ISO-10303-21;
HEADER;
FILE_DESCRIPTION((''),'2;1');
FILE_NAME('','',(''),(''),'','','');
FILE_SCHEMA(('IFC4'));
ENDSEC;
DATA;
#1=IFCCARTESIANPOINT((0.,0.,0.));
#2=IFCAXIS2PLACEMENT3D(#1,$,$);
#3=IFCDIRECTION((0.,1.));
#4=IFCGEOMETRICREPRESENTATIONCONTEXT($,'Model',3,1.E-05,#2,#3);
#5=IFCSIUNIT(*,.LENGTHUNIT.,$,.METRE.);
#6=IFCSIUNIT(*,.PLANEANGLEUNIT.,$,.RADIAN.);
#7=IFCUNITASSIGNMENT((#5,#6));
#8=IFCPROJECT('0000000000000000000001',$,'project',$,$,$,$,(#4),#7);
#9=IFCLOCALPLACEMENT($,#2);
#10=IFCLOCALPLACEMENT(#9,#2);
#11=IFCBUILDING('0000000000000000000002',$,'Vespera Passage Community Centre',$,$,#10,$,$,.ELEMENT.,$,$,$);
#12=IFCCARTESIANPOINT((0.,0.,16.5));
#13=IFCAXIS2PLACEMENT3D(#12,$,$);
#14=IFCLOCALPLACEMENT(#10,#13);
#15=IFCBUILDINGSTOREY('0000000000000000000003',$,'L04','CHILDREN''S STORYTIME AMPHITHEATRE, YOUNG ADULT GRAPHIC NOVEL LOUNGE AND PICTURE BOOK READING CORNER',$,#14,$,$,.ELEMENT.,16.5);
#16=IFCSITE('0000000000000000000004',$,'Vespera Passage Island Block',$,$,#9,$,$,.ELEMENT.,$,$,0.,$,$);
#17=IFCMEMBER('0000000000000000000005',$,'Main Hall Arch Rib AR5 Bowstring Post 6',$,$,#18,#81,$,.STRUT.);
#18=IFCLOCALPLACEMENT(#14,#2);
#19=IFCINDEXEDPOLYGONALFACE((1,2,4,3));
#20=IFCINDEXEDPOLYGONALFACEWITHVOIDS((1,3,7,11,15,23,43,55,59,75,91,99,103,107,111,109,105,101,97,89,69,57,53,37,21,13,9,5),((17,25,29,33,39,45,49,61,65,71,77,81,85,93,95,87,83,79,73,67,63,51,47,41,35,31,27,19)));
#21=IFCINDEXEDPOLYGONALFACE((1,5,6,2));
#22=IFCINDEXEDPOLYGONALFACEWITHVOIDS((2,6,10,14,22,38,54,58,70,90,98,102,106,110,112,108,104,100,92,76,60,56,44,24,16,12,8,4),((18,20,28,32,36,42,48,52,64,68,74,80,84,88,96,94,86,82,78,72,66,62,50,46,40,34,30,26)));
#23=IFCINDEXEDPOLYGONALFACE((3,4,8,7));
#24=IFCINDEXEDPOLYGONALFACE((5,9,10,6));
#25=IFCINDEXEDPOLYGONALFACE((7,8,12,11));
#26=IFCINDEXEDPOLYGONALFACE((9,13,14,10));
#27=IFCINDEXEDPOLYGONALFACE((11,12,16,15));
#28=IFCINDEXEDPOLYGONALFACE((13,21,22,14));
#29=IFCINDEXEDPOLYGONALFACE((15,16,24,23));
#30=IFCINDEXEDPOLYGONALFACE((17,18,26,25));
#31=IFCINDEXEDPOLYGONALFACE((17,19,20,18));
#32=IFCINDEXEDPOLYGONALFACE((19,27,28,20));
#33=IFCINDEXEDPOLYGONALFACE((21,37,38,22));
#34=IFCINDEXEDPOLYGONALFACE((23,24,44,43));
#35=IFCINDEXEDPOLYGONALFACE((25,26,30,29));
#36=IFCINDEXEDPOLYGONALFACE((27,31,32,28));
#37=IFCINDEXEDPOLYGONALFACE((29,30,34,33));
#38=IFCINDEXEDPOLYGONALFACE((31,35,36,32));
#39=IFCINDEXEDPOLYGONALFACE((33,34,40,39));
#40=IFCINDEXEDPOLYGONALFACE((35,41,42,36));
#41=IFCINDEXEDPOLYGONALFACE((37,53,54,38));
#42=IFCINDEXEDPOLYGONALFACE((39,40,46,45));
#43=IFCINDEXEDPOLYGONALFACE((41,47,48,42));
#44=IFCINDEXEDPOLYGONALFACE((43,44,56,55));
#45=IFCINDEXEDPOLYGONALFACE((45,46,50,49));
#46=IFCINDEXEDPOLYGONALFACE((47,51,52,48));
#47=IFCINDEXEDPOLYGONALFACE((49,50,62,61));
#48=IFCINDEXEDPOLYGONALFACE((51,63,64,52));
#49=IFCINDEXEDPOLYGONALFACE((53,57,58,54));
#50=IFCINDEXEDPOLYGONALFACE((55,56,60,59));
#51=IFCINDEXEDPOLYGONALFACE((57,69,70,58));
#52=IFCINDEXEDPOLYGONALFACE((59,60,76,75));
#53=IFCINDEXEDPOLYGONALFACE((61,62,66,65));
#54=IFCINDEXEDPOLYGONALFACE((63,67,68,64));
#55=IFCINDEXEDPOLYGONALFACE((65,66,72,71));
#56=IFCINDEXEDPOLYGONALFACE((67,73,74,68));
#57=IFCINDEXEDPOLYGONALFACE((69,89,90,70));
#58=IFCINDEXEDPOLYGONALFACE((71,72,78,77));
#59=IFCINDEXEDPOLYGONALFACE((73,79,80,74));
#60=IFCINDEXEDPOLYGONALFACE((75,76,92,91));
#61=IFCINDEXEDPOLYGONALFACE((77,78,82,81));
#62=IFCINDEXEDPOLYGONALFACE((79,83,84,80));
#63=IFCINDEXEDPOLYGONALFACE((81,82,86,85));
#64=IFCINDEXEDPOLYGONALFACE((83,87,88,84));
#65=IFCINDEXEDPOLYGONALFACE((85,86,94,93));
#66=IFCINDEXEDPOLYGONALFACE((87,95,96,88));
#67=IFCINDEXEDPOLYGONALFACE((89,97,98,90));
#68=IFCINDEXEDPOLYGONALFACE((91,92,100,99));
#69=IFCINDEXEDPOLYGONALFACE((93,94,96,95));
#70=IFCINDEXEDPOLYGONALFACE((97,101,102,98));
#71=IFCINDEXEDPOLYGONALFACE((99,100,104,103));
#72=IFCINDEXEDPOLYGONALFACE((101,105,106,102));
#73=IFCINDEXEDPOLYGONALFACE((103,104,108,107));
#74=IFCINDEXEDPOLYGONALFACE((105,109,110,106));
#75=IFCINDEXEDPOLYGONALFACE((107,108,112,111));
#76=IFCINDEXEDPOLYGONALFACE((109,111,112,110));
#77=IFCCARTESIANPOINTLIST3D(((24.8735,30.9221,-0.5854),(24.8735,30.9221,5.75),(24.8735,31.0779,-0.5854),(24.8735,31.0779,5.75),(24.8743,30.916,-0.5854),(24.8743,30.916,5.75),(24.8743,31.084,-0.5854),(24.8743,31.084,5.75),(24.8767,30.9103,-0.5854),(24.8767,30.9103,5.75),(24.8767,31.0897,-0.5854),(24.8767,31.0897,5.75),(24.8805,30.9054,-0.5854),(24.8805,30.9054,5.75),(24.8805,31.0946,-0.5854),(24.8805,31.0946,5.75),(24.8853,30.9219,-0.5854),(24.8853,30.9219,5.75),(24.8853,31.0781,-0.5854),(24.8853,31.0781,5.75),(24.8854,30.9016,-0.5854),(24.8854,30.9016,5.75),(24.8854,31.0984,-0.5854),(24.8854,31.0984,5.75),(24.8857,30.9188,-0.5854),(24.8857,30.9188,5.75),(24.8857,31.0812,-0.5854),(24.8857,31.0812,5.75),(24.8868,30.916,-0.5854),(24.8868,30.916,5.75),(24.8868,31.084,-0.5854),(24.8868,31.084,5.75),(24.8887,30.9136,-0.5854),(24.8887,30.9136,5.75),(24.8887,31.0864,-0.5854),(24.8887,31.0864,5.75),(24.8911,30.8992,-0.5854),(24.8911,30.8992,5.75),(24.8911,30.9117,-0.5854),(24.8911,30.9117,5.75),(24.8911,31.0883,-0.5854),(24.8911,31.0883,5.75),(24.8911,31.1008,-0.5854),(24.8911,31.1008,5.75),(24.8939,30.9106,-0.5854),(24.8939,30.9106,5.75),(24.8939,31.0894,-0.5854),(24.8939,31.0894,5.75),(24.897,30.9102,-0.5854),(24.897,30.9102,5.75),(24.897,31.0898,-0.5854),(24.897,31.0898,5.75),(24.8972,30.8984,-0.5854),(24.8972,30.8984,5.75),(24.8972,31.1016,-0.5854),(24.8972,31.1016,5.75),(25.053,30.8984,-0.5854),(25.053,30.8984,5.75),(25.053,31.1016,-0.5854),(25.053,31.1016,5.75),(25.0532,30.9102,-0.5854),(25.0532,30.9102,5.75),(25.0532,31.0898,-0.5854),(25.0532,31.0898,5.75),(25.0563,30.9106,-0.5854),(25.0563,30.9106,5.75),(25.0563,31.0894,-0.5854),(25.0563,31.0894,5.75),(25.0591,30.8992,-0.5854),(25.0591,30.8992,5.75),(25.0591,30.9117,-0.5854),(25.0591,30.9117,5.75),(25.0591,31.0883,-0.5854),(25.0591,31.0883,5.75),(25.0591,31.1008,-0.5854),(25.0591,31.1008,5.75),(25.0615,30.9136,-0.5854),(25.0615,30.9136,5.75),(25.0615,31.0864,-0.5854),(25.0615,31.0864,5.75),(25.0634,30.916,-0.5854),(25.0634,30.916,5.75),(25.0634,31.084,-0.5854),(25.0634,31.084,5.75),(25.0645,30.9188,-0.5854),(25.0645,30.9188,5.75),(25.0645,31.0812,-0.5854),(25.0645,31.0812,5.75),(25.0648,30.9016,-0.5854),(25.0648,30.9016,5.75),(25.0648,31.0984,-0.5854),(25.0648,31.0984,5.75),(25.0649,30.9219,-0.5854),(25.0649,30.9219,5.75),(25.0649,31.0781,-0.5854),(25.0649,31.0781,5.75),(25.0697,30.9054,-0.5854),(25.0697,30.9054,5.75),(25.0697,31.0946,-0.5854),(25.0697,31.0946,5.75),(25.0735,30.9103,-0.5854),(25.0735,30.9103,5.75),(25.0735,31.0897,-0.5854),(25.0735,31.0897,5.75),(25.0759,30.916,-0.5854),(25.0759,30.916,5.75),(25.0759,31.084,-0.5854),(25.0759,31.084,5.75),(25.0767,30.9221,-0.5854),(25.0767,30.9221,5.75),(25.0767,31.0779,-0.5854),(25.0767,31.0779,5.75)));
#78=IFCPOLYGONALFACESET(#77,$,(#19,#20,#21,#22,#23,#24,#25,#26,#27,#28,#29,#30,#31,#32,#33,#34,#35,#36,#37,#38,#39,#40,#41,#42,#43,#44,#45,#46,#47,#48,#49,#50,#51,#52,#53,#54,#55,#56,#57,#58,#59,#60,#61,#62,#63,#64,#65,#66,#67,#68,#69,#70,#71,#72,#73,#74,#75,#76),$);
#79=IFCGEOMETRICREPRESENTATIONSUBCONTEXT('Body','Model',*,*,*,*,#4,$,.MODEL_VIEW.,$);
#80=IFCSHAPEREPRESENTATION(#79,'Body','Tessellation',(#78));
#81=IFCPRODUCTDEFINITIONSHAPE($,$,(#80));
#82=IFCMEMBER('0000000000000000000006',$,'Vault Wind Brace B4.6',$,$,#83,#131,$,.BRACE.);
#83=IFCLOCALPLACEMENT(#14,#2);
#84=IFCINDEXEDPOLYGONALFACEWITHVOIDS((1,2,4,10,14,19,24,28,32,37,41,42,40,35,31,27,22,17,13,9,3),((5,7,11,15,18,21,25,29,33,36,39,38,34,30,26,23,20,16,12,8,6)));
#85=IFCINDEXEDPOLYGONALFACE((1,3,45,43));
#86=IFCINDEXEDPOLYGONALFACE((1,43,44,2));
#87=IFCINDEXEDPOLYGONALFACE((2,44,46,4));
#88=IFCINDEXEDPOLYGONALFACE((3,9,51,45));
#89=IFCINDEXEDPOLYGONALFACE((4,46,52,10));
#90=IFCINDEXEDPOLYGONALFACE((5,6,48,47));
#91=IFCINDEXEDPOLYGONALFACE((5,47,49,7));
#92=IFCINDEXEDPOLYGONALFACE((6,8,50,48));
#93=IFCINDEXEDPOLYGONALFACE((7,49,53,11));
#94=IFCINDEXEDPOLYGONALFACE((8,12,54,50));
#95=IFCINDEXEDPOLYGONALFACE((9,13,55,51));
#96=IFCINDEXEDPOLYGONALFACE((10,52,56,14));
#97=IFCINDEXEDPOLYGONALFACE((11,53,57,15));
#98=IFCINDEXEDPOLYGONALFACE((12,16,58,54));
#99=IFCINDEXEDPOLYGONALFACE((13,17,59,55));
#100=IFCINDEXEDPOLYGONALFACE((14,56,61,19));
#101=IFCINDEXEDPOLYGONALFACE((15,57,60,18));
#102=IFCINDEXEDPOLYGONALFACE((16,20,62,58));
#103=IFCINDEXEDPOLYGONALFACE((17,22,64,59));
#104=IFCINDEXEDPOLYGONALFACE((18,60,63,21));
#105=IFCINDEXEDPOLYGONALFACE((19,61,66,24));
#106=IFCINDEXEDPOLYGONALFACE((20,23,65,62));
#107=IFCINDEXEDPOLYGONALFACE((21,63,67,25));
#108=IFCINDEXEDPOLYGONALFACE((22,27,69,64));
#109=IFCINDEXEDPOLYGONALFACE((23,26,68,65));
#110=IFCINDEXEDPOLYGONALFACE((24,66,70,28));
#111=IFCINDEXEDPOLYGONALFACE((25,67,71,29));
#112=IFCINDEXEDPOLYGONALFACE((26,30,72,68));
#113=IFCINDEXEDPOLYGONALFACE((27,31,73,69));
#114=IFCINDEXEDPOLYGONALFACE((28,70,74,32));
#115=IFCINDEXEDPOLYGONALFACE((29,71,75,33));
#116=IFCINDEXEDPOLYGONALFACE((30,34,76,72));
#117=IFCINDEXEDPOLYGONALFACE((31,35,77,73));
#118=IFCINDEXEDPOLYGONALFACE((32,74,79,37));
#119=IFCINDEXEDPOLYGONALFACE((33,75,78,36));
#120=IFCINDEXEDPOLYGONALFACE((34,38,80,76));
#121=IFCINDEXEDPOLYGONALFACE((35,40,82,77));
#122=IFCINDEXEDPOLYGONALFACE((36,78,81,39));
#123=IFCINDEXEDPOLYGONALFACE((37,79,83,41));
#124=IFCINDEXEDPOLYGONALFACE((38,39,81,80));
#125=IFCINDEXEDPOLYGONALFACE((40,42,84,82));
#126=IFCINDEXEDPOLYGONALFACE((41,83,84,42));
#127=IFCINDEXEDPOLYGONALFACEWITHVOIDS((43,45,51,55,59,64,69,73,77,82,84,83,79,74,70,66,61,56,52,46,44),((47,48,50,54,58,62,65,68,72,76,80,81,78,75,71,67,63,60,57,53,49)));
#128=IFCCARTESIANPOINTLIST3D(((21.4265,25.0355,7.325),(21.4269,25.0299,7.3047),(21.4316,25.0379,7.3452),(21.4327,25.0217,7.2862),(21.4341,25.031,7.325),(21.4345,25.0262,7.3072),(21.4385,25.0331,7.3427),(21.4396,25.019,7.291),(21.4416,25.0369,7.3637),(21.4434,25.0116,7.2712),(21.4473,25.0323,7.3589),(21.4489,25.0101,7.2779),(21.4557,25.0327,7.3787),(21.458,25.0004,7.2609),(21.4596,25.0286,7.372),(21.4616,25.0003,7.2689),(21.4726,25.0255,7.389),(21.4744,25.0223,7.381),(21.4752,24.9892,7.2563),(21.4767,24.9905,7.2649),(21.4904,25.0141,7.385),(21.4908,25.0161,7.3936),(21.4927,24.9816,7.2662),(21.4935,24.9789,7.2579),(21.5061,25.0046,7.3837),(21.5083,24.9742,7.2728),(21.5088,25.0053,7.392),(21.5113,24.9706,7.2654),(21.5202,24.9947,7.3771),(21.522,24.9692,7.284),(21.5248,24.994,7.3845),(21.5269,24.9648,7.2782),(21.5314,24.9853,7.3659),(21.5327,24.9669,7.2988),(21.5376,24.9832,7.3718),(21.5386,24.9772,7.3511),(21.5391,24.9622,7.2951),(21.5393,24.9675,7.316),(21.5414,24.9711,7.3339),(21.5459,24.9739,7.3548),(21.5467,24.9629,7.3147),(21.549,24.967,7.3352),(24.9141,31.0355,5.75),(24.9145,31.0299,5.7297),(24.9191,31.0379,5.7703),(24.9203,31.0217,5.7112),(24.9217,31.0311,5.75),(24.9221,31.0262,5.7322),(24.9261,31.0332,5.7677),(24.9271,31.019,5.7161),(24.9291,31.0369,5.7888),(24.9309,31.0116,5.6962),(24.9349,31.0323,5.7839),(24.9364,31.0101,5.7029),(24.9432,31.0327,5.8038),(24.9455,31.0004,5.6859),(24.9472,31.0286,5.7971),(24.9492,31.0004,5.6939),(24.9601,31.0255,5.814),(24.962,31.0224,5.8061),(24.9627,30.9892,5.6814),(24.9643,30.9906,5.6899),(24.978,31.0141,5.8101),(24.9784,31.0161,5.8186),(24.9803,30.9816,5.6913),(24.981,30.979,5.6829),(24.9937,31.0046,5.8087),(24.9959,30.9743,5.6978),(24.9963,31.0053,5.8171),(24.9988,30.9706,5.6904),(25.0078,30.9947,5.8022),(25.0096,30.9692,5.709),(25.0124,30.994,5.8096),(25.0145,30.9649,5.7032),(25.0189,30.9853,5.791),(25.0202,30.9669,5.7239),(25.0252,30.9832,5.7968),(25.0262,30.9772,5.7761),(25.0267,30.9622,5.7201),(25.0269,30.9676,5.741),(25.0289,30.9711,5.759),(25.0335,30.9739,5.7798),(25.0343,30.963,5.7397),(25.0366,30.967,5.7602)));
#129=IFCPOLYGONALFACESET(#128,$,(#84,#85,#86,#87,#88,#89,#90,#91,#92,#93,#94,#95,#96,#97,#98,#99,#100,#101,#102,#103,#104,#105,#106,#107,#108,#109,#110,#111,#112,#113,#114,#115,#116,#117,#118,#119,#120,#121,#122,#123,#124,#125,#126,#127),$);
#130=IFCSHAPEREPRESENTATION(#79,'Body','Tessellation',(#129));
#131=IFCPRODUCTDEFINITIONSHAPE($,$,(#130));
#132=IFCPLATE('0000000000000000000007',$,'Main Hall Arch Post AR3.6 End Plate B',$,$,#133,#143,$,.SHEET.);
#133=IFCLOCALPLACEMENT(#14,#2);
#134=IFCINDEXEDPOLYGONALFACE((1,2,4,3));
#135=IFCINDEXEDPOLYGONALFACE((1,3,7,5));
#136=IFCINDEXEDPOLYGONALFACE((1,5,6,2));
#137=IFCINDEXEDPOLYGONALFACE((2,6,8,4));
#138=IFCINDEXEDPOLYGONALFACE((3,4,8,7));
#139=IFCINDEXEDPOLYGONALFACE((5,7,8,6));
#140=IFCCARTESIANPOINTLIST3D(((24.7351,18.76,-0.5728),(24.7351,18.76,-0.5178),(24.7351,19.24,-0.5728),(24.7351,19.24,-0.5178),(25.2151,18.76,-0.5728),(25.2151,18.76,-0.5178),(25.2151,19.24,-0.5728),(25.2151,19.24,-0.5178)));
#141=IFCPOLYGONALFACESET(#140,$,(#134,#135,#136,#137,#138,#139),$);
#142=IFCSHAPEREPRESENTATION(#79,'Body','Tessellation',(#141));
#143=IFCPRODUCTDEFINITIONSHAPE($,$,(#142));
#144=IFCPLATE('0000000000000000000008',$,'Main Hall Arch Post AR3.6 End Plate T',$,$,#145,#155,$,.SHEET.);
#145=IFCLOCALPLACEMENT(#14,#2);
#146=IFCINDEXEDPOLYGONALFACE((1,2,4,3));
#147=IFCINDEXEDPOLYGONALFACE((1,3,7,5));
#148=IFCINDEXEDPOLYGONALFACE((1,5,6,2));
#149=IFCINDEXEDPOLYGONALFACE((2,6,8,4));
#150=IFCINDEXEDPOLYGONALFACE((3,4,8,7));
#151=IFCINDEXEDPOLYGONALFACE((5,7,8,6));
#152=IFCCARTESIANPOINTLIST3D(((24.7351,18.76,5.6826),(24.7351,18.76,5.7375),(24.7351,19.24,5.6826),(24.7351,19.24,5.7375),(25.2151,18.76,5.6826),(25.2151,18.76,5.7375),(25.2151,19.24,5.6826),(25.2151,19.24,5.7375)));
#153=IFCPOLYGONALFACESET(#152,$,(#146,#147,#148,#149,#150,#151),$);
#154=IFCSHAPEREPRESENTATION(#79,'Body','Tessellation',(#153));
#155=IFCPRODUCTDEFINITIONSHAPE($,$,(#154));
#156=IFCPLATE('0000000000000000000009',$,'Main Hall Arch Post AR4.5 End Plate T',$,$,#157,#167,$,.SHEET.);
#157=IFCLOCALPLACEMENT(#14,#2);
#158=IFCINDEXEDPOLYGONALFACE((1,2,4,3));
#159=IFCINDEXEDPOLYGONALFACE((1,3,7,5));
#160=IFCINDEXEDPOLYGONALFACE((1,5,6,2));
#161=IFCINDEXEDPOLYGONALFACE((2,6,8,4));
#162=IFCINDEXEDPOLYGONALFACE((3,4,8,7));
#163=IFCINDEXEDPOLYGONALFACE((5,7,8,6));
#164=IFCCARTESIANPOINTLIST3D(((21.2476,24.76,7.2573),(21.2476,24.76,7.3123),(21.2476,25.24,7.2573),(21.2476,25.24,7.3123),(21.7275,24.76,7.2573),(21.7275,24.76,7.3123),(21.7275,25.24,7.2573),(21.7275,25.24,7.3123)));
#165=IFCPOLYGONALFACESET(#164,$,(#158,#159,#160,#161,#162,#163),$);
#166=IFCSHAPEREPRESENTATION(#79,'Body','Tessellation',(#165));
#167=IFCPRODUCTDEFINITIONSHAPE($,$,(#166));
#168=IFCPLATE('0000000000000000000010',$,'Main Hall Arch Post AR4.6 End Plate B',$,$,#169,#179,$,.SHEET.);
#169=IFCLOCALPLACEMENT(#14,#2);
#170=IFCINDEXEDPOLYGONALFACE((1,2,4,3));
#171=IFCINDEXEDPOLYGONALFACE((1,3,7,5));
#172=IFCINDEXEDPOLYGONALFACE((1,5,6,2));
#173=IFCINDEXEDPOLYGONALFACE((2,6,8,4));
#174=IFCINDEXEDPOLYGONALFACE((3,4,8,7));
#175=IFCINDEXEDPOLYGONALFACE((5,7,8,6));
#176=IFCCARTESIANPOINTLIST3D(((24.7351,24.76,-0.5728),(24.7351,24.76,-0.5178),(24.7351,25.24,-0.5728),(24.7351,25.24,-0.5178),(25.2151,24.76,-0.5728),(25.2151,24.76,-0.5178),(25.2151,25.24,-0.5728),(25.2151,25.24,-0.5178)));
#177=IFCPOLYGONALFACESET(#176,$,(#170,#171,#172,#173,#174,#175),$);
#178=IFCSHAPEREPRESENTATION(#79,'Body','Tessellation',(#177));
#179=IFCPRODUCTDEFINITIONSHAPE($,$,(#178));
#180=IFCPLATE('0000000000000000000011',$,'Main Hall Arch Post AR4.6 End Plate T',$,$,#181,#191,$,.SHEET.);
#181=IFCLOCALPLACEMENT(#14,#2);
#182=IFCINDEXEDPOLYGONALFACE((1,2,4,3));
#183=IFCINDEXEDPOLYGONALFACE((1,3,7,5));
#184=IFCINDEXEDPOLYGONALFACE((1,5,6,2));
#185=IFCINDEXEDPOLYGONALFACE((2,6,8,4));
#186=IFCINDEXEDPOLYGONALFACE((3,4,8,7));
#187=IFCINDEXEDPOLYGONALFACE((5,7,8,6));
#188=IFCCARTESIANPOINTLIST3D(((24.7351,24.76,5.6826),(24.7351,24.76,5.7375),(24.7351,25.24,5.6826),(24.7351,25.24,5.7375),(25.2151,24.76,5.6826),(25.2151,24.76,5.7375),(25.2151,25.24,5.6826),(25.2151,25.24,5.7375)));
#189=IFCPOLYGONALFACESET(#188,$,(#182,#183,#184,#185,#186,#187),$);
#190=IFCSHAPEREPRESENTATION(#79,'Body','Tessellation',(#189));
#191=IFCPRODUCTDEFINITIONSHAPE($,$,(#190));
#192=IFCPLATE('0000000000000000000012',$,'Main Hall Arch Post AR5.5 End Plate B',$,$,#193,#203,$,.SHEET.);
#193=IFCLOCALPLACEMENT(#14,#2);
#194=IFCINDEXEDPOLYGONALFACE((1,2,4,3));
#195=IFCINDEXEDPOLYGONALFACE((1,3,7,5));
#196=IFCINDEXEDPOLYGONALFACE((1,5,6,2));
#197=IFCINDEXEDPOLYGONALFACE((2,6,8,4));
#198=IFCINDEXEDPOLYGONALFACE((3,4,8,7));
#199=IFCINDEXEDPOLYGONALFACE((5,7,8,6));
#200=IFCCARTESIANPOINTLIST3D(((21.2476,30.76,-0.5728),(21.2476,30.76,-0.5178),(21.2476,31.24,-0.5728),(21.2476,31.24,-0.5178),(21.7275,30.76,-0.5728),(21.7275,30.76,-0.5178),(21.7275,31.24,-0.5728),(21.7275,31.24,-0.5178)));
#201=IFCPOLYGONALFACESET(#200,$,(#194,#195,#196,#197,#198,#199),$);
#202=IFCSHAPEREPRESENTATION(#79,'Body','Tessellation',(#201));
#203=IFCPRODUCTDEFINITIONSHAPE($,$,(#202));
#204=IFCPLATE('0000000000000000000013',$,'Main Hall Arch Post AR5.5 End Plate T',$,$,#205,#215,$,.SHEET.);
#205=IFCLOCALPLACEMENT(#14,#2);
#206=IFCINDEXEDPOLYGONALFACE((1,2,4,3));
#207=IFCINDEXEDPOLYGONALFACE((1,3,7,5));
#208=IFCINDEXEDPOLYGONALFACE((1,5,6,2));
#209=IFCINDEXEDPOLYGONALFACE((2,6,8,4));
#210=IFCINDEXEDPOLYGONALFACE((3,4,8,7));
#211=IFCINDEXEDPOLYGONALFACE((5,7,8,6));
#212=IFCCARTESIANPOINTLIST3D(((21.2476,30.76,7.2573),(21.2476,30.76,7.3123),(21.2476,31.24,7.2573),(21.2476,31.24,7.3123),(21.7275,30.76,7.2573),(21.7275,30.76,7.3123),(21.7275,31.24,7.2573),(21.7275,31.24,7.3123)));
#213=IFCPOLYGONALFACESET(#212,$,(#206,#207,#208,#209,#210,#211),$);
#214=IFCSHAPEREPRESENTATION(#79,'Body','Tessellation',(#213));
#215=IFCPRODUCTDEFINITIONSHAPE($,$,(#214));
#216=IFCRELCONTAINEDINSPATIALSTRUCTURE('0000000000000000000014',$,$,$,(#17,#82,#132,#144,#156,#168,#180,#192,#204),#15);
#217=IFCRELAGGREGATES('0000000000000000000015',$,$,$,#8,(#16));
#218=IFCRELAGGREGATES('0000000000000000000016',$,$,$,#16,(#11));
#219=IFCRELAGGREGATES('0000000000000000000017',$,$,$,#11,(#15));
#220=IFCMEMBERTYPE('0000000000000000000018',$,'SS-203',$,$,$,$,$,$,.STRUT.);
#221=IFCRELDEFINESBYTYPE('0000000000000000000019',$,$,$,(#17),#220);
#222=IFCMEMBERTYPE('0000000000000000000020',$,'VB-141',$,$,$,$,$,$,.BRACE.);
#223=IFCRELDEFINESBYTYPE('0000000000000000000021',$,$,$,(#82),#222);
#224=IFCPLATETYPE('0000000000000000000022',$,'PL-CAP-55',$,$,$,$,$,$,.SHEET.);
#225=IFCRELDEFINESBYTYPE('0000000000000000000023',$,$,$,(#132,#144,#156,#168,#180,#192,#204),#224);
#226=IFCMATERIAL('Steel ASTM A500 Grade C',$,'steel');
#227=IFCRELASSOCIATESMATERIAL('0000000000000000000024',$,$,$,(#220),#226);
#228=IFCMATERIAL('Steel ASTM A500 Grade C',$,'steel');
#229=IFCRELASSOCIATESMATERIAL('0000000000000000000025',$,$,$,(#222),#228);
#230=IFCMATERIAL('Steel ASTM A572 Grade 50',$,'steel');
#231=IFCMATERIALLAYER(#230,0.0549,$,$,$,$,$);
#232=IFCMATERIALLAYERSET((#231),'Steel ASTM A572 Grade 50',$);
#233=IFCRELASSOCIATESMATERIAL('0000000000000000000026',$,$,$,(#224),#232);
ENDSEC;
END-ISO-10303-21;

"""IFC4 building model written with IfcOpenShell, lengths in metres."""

from ifc_helpers import new_model, si_unit, direction, frame, origin, origin_2d, place, context, subcontext, project, spatial, rectangle, hollow_rectangle, hollow_circle, extrude, material, layer, layer_set, material_profile, profile_set, type_object, element, save


model = new_model("IFC4")

# Units and contexts
model_context = context("Model", 3, precision=1e-05, world=origin(), true_north=direction((0.0, 1.0)))
body_context = subcontext(model_context, "Body", "Model", "MODEL_VIEW")
ifc_project = project(units=[si_unit("LENGTHUNIT", "METRE"), si_unit("PLANEANGLEUNIT", "RADIAN")], contexts=[model_context])

# Site, building, storey
site_placement = place(None, origin())
site = spatial("IfcSite", under=ifc_project, at=site_placement, Name="Vespera Passage Island Block", CompositionType="ELEMENT", RefElevation=0.0)
building_placement = place(site_placement, origin())
building = spatial("IfcBuilding", under=site, at=building_placement, Name="Vespera Passage Community Centre", CompositionType="ELEMENT")
storey_placement = place(building_placement, frame((0.0, 0.0, 16.5)))
storey = spatial("IfcBuildingStorey", under=building, at=storey_placement, Name="L04", Description="CHILDREN'S STORYTIME AMPHITHEATRE, YOUNG ADULT GRAPHIC NOVEL LOUNGE AND PICTURE BOOK READING CORNER", CompositionType="ELEMENT", Elevation=16.5)

# Members
ifc_material_1 = material(Name="Steel ASTM A500 Grade C", Category="steel")
ifc_material_profile_1 = material_profile(ifc_material_1, hollow_rectangle(XDim=0.2031, YDim=0.2031, WallThickness=0.0117, InnerFilletRadius=0.0117, OuterFilletRadius=0.0237, at=origin_2d()), Name="HSS203X203X12.7")
ifc_profile_set_1 = profile_set([ifc_material_profile_1], Name="Steel ASTM A500 Grade C")
member_type_1 = type_object("IfcMemberType", Name="SS-203", PredefinedType="STRUT", material=ifc_profile_set_1)
member_1_placement = place(storey_placement, frame((24.9751, 31.0, -0.5854), z_axis=(0.0, 0.0, 1.0), x_axis=(1.0, 0.0, 0.0)))
element("IfcMember", 1, at=member_1_placement, inside=storey, type_object=member_type_1, Name="Main Hall Arch Rib AR5 Bowstring Post 6", PredefinedType="STRUT", context=body_context, shape_type="SweptSolid", body=[
    extrude(hollow_rectangle(XDim=0.2031, YDim=0.2031, WallThickness=0.0117, InnerFilletRadius=0.0117, OuterFilletRadius=0.0237, at=origin_2d()), origin(), (0.0, 0.0, 1.0), 6.3354),
])
ifc_material_2 = material(Name="Steel ASTM A500 Grade C", Category="steel")
ifc_material_profile_2 = material_profile(ifc_material_2, hollow_circle(Radius=0.0706, WallThickness=0.0088, at=origin_2d()), Name="CHS141X9.5")
ifc_profile_set_2 = profile_set([ifc_material_profile_2], Name="Steel ASTM A500 Grade C")
member_type_2 = type_object("IfcMemberType", Name="VB-141", PredefinedType="BRACE", material=ifc_profile_set_2)
member_2_placement = place(storey_placement, frame((21.4875, 25.0, 7.325), z_axis=(0.490071, 0.84312, -0.221312), x_axis=(-0.864559, 0.502532, 0.0)))
element("IfcMember", 2, at=member_2_placement, inside=storey, type_object=member_type_2, Name="Vault Wind Brace B4.6", PredefinedType="BRACE", context=body_context, shape_type="SweptSolid", body=[
    extrude(hollow_circle(Radius=0.0706, WallThickness=0.0088, at=origin_2d()), origin(), (0.0, 0.0, 1.0), 7.1165),
])

# Plates
ifc_material_3 = material(Name="Steel ASTM A572 Grade 50", Category="steel")
ifc_layer_1 = layer(ifc_material_3, 0.0549)
ifc_layer_set_1 = layer_set([ifc_layer_1], Name="Steel ASTM A572 Grade 50")
plate_type_1 = type_object("IfcPlateType", Name="PL-CAP-55", PredefinedType="SHEET", material=ifc_layer_set_1)
for number, where, z_axis, x_axis, name in (
    (3, (24.9751, 19.0, -0.5728), (0.0, 0.0, 1.0), (1.0, 0.0, 0.0), "Main Hall Arch Post AR3.6 End Plate B"),
    (4, (24.9751, 19.0, 5.6826), (0.0, 0.0, 1.0), (1.0, 0.0, 0.0), "Main Hall Arch Post AR3.6 End Plate T"),
    (5, (21.4875, 25.0, 7.2573), (0.0, 0.0, 1.0), (1.0, 0.0, 0.0), "Main Hall Arch Post AR4.5 End Plate T"),
    (6, (24.9751, 25.0, -0.5728), (0.0, 0.0, 1.0), (1.0, 0.0, 0.0), "Main Hall Arch Post AR4.6 End Plate B"),
    (7, (24.9751, 25.0, 5.6826), (0.0, 0.0, 1.0), (1.0, 0.0, 0.0), "Main Hall Arch Post AR4.6 End Plate T"),
    (8, (21.4875, 31.0, -0.5728), (0.0, 0.0, 1.0), (1.0, 0.0, 0.0), "Main Hall Arch Post AR5.5 End Plate B"),
    (9, (21.4875, 31.0, 7.2573), (0.0, 0.0, 1.0), (1.0, 0.0, 0.0), "Main Hall Arch Post AR5.5 End Plate T"),
):
    element("IfcPlate", number, at=place(storey_placement, frame(where, z_axis=z_axis, x_axis=x_axis)), inside=storey, type_object=plate_type_1, Name=name, PredefinedType="SHEET", context=body_context, shape_type="SweptSolid", body=[
        extrude(rectangle(XDim=0.48, YDim=0.48, at=origin_2d()), origin(), (0.0, 0.0, 1.0), 0.0549),
    ])

save(model, "model.ifc")
